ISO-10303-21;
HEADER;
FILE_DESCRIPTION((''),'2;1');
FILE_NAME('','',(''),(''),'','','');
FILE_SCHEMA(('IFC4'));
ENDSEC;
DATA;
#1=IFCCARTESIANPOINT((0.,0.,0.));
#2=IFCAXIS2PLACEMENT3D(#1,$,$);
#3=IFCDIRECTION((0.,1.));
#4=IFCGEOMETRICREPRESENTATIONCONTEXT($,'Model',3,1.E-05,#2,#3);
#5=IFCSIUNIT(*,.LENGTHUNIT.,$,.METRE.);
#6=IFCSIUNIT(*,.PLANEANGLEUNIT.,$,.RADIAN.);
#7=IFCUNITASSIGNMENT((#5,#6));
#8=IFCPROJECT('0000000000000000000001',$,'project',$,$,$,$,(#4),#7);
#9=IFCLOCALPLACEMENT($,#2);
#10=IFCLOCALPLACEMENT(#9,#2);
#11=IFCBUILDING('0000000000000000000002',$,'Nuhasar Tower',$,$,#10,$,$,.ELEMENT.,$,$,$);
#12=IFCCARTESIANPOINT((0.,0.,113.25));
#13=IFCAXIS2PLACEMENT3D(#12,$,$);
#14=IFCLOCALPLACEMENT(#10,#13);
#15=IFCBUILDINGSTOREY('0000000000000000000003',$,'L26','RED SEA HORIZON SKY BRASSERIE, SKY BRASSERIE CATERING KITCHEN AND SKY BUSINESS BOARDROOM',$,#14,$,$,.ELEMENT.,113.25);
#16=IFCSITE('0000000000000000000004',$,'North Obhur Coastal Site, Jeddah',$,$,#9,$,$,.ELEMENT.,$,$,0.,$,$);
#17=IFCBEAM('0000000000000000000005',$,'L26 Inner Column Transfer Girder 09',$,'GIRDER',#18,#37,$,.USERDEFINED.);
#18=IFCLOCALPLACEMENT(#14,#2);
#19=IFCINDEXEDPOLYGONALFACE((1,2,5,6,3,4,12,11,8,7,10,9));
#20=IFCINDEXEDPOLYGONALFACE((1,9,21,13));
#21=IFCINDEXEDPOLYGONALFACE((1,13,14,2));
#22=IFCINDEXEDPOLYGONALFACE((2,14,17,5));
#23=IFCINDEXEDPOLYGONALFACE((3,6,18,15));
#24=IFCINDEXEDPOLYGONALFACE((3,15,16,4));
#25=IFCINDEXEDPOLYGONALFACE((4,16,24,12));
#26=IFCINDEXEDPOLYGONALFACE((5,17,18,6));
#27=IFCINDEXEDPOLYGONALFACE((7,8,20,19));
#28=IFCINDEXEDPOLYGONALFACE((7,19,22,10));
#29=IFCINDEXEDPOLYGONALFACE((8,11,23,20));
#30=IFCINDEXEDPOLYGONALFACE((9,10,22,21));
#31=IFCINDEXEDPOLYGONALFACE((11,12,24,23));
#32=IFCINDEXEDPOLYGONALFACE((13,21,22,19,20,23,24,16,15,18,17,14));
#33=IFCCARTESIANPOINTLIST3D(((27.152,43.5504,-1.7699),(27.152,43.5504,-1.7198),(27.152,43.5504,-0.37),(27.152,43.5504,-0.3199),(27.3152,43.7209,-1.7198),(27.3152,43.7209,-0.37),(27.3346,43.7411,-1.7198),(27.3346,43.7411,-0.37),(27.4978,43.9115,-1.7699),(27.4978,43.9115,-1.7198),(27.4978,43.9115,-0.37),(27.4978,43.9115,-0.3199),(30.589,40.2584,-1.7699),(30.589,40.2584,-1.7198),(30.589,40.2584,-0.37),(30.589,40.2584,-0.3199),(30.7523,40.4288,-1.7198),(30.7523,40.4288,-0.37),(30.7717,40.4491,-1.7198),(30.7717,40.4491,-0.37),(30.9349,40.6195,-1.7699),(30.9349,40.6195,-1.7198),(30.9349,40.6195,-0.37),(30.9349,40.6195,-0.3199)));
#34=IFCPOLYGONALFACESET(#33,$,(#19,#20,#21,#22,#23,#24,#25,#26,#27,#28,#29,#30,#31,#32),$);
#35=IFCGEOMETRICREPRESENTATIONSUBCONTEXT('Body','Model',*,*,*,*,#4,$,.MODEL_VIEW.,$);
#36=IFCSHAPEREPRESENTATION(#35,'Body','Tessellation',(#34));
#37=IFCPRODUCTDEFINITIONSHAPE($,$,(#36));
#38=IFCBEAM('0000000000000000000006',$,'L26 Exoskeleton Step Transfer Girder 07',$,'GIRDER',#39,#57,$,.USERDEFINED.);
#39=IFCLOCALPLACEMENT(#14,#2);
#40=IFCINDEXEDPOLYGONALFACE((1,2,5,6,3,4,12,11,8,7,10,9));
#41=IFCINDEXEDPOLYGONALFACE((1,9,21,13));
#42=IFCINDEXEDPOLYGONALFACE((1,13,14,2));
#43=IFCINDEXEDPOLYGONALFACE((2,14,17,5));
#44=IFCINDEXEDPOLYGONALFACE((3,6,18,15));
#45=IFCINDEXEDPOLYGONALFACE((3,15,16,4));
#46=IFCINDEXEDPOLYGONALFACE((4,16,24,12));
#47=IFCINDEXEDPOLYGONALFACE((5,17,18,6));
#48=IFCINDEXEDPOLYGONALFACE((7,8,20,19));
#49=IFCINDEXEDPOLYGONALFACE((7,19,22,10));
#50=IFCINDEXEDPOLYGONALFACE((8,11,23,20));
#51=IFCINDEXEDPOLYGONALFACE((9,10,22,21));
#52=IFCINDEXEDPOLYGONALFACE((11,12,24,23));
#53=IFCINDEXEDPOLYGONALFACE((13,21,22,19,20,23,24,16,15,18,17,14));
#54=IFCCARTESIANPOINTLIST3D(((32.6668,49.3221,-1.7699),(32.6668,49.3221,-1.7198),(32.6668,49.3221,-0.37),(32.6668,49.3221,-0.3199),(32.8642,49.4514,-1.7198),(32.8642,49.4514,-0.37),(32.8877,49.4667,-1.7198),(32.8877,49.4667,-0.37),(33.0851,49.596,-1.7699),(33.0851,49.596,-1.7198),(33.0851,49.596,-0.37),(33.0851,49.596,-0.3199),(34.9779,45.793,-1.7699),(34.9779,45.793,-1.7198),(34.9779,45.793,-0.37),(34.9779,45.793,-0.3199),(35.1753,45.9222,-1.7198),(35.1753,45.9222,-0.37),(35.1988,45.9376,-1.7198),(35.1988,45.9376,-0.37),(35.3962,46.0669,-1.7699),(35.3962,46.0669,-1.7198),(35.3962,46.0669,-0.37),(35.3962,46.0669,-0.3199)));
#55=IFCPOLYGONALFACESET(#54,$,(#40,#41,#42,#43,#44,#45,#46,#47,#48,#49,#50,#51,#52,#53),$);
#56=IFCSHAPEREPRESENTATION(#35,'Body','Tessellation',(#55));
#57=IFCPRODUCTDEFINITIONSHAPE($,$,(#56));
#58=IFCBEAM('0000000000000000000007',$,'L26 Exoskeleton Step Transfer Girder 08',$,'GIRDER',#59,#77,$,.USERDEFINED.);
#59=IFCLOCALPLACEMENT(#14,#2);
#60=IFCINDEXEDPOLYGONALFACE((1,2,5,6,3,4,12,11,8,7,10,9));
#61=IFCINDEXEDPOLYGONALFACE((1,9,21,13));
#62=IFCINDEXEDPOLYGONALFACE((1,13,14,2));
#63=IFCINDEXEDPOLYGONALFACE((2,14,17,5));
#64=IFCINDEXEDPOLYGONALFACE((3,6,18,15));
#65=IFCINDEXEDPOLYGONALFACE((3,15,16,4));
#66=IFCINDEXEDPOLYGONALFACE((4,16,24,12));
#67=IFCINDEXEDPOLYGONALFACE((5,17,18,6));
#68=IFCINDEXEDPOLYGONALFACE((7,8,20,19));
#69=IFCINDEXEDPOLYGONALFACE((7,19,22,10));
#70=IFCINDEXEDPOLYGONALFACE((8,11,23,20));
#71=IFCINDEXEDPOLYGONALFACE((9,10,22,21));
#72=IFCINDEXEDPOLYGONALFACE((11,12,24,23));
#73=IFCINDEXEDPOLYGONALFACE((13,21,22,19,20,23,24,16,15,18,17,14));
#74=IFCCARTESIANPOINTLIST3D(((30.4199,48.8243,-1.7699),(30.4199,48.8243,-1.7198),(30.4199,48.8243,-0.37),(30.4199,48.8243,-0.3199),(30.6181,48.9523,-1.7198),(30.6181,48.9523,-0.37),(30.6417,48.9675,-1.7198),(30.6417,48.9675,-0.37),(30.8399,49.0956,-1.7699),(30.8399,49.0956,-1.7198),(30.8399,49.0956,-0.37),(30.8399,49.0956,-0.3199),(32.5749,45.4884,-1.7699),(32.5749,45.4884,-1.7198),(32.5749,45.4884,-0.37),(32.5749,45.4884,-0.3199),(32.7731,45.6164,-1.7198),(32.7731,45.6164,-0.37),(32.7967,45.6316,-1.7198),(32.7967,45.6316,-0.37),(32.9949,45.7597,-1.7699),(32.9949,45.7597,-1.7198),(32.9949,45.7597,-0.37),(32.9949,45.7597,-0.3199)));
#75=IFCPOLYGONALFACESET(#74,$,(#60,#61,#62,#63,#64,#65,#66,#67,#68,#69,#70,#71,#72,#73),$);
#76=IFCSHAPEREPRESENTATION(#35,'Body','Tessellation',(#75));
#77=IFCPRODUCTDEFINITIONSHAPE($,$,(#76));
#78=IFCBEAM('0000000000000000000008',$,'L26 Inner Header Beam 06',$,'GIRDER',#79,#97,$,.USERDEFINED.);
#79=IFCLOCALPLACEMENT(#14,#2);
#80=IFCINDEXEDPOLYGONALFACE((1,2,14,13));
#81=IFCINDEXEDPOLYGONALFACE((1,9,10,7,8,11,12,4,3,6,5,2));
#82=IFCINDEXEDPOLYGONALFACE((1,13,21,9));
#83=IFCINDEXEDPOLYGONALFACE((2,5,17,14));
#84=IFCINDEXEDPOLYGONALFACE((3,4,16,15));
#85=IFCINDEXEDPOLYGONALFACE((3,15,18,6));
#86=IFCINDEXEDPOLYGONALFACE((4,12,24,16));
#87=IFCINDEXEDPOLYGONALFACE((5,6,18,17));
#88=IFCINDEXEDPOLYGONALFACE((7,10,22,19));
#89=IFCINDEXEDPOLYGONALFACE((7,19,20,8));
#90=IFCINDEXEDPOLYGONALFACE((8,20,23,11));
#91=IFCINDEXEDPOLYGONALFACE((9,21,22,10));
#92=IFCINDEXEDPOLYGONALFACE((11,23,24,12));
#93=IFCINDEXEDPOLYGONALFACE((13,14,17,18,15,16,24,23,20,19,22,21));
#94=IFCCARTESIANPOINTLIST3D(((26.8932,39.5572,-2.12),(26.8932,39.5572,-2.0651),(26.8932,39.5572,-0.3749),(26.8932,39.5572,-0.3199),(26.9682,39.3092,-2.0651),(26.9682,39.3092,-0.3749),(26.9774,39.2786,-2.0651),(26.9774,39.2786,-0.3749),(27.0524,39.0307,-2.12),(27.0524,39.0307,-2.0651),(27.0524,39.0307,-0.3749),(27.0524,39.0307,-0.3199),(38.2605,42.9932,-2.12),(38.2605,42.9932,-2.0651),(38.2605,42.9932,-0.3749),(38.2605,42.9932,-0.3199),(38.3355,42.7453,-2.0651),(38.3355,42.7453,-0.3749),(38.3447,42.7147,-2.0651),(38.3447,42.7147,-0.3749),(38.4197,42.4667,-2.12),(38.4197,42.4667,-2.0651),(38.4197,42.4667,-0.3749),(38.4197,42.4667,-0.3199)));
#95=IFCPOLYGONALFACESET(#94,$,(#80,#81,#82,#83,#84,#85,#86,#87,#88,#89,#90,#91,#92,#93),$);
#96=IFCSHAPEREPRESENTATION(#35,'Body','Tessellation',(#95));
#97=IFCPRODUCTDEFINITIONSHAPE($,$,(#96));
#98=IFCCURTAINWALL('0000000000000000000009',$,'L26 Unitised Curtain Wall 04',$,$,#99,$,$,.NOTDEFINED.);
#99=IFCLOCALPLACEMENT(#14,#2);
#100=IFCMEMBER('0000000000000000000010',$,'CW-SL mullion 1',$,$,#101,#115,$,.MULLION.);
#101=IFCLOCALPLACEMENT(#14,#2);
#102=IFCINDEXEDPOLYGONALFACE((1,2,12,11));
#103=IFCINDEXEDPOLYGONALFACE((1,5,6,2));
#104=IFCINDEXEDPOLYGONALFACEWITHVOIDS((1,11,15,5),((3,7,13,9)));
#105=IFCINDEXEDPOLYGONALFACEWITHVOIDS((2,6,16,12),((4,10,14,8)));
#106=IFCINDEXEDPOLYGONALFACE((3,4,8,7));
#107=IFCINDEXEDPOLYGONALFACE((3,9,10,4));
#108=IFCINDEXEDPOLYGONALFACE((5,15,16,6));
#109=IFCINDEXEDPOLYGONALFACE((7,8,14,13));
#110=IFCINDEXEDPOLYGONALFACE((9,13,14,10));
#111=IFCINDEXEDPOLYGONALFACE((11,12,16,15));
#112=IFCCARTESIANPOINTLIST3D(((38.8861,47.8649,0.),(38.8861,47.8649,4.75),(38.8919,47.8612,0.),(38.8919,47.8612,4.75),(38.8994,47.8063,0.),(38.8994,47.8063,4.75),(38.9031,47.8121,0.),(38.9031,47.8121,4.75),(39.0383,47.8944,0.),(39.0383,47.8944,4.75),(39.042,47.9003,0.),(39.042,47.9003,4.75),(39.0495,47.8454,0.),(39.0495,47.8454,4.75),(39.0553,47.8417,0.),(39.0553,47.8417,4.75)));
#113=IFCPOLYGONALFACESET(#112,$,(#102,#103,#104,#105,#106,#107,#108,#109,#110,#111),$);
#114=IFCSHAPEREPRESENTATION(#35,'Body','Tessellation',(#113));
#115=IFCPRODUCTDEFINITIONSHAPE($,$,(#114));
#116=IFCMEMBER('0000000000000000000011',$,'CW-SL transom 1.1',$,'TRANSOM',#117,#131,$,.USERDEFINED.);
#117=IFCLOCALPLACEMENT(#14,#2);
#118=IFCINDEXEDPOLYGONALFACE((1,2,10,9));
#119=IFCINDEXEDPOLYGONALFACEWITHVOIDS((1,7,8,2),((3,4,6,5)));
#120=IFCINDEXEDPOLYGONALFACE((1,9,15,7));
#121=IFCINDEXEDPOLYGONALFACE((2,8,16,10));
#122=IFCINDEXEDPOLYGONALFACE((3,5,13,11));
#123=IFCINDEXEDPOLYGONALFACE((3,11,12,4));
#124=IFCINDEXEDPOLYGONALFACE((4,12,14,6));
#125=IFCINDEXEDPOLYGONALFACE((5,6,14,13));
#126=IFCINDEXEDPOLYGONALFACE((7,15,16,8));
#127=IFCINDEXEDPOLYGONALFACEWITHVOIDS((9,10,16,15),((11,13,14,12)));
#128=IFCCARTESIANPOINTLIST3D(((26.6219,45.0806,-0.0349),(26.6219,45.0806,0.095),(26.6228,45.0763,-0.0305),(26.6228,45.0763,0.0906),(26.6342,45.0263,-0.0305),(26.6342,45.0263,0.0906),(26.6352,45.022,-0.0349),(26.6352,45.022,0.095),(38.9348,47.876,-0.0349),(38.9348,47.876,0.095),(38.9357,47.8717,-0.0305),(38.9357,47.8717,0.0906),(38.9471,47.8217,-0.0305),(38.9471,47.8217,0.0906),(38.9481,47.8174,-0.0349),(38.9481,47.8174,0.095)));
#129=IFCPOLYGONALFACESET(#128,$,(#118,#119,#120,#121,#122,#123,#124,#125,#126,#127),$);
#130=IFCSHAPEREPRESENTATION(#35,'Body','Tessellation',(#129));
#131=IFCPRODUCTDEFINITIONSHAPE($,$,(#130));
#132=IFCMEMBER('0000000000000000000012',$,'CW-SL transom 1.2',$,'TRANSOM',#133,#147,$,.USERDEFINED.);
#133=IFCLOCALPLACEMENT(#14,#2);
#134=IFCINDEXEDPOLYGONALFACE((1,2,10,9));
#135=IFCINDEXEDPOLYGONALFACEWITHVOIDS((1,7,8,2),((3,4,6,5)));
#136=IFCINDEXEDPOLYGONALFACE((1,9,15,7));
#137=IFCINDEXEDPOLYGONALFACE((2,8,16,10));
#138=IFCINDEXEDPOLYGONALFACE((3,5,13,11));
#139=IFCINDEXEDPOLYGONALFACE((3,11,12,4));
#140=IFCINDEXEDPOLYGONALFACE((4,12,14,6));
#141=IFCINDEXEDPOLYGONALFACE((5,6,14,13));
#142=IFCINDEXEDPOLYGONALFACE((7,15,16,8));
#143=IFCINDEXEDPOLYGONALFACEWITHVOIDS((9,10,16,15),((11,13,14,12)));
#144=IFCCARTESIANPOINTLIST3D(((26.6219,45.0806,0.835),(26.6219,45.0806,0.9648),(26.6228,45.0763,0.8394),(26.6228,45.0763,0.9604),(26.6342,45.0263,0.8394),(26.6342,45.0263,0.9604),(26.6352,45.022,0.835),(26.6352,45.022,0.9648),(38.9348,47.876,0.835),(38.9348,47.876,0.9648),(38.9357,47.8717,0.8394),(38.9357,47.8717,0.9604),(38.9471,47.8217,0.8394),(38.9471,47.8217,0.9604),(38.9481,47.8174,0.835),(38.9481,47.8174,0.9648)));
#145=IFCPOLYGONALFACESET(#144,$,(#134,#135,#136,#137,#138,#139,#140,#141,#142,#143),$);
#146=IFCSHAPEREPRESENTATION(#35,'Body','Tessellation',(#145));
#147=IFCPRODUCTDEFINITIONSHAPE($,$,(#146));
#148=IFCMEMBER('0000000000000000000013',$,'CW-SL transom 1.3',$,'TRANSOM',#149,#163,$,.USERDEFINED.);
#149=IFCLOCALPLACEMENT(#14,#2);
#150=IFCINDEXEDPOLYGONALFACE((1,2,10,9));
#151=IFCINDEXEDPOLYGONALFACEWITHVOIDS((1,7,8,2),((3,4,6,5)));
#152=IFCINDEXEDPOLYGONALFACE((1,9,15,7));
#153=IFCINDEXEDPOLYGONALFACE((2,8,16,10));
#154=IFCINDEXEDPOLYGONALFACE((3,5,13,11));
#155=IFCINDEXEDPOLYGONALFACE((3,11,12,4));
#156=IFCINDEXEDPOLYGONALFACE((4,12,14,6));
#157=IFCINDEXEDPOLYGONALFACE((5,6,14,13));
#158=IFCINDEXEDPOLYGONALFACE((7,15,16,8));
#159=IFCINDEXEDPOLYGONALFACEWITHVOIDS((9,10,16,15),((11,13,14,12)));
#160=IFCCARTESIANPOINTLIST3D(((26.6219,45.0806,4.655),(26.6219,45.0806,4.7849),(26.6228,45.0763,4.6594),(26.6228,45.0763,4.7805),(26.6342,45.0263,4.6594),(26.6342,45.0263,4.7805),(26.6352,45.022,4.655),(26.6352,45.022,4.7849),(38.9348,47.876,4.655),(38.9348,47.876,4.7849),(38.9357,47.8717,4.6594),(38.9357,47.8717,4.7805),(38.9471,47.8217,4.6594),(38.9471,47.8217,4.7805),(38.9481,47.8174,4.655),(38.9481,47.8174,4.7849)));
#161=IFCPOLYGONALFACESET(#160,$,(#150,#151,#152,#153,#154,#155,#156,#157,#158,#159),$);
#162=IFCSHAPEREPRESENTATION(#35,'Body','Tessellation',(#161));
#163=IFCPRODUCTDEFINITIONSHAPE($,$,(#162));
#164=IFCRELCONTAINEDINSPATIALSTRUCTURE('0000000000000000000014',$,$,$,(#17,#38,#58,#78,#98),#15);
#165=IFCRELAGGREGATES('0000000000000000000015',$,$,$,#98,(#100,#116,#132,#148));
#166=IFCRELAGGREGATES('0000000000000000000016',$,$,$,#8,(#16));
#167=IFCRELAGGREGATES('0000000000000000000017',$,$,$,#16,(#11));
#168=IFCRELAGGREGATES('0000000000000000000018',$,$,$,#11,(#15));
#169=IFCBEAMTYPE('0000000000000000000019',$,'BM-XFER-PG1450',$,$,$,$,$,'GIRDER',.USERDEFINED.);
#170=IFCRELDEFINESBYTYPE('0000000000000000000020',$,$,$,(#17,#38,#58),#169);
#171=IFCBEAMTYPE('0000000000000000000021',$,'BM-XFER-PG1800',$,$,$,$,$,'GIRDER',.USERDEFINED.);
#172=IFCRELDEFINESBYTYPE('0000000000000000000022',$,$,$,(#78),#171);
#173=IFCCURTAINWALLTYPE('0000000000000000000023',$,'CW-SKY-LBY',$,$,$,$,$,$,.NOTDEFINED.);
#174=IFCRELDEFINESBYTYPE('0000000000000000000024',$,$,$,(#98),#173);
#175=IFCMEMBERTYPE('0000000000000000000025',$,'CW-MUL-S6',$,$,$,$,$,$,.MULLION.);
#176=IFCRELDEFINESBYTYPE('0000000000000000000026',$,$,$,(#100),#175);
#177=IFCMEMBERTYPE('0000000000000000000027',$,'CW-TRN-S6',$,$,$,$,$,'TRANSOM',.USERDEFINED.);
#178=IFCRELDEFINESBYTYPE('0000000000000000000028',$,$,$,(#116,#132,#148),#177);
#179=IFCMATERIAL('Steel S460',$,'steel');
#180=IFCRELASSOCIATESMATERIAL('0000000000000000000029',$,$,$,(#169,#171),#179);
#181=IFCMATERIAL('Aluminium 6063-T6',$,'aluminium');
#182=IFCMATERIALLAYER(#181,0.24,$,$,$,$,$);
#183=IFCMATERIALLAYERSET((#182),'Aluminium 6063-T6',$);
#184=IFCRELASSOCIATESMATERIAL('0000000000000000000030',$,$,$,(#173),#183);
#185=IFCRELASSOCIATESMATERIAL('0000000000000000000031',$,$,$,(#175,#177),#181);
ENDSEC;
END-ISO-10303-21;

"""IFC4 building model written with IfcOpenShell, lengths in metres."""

from ifc_helpers import new_model, si_unit, direction, frame, origin, origin_2d, place, context, subcontext, project, spatial, hollow_rectangle, i_section, extrude, material, layer, layer_set, material_profile, profile_set, type_object, element, aggregate, save


model = new_model("IFC4")

# Units and contexts
model_context = context("Model", 3, precision=1e-05, world=origin(), true_north=direction((0.0, 1.0)))
body_context = subcontext(model_context, "Body", "Model", "MODEL_VIEW")
ifc_project = project(units=[si_unit("LENGTHUNIT", "METRE"), si_unit("PLANEANGLEUNIT", "RADIAN")], contexts=[model_context])

# Site, building, storey
site_placement = place(None, origin())
site = spatial("IfcSite", under=ifc_project, at=site_placement, Name="North Obhur Coastal Site, Jeddah", CompositionType="ELEMENT", RefElevation=0.0)
building_placement = place(site_placement, origin())
building = spatial("IfcBuilding", under=site, at=building_placement, Name="Nuhasar Tower", CompositionType="ELEMENT")
storey_placement = place(building_placement, frame((0.0, 0.0, 113.25)))
storey = spatial("IfcBuildingStorey", under=building, at=storey_placement, Name="L26", Description="RED SEA HORIZON SKY BRASSERIE, SKY BRASSERIE CATERING KITCHEN AND SKY BUSINESS BOARDROOM", CompositionType="ELEMENT", Elevation=113.25)

# Beams
ifc_material_1 = material(Name="Steel S460", Category="steel")
ifc_material_profile_1 = material_profile(ifc_material_1, i_section(OverallWidth=0.5, OverallDepth=1.45, WebThickness=0.0281, FlangeThickness=0.05, at=origin_2d()), Name="PG1450X500")
ifc_profile_set_1 = profile_set([ifc_material_profile_1], Name="Steel S460")
beam_type_1 = type_object("IfcBeamType", Name="BM-XFER-PG1450", ElementType="GIRDER", PredefinedType="USERDEFINED", material=ifc_profile_set_1)
beam_1_placement = place(storey_placement, frame((30.762, 40.439, -1.0449), z_axis=(-0.722178, 0.691707, 0.0), x_axis=(-0.691707, -0.722178, 0.0)))
element("IfcBeam", 1, at=beam_1_placement, inside=storey, type_object=beam_type_1, Name="L26 Inner Column Transfer Girder 09", ObjectType="GIRDER", PredefinedType="USERDEFINED", context=body_context, shape_type="SweptSolid", body=[
    extrude(i_section(OverallWidth=0.5, OverallDepth=1.45, WebThickness=0.0281, FlangeThickness=0.05, at=origin_2d()), origin(), (0.0, 0.0, 1.0), 4.7593),
])
beam_2_placement = place(storey_placement, frame((35.187, 45.9299, -1.0449), z_axis=(-0.547843, 0.836581, 0.0), x_axis=(-0.836581, -0.547843, 0.0)))
element("IfcBeam", 2, at=beam_2_placement, inside=storey, type_object=beam_type_1, Name="L26 Exoskeleton Step Transfer Girder 07", ObjectType="GIRDER", PredefinedType="USERDEFINED", context=body_context, shape_type="SweptSolid", body=[
    extrude(i_section(OverallWidth=0.5, OverallDepth=1.45, WebThickness=0.0281, FlangeThickness=0.05, at=origin_2d()), origin(), (0.0, 0.0, 1.0), 4.2185),
])
beam_3_placement = place(storey_placement, frame((32.7849, 45.624, -1.0449), z_axis=(-0.542627, 0.839974, 0.0), x_axis=(-0.839974, -0.542627, 0.0)))
element("IfcBeam", 3, at=beam_3_placement, inside=storey, type_object=beam_type_1, Name="L26 Exoskeleton Step Transfer Girder 08", ObjectType="GIRDER", PredefinedType="USERDEFINED", context=body_context, shape_type="SweptSolid", body=[
    extrude(i_section(OverallWidth=0.5, OverallDepth=1.45, WebThickness=0.0281, FlangeThickness=0.05, at=origin_2d()), origin(), (0.0, 0.0, 1.0), 3.9714),
])
ifc_material_profile_2 = material_profile(ifc_material_1, i_section(OverallWidth=0.55, OverallDepth=1.8, WebThickness=0.032, FlangeThickness=0.0549, at=origin_2d()), Name="PG1800X550")
ifc_profile_set_2 = profile_set([ifc_material_profile_2], Name="Steel S460")
beam_type_2 = type_object("IfcBeamType", Name="BM-XFER-PG1800", ElementType="GIRDER", PredefinedType="USERDEFINED", material=ifc_profile_set_2)
beam_4_placement = place(storey_placement, frame((38.3401, 42.73, -1.22), z_axis=(-0.957224, -0.289347, 0.0), x_axis=(0.289347, -0.957224, 0.0)))
element("IfcBeam", 4, at=beam_4_placement, inside=storey, type_object=beam_type_2, Name="L26 Inner Header Beam 06", ObjectType="GIRDER", PredefinedType="USERDEFINED", context=body_context, shape_type="SweptSolid", body=[
    extrude(i_section(OverallWidth=0.55, OverallDepth=1.8, WebThickness=0.032, FlangeThickness=0.0549, at=origin_2d()), origin(), (0.0, 0.0, 1.0), 11.8752),
])

# Curtain wall, members
ifc_material_2 = material(Name="Aluminium 6063-T6", Category="aluminium")
ifc_layer_1 = layer(ifc_material_2, 0.24)
ifc_layer_set_1 = layer_set([ifc_layer_1], Name="Aluminium 6063-T6")
curtain_wall_type = type_object("IfcCurtainWallType", Name="CW-SKY-LBY", PredefinedType="NOTDEFINED", material=ifc_layer_set_1)
curtain_wall_placement = place(storey_placement, origin())
curtain_wall = element("IfcCurtainWall", 5, at=curtain_wall_placement, inside=storey, type_object=curtain_wall_type, Name="L26 Unitised Curtain Wall 04", PredefinedType="NOTDEFINED")
ifc_material_profile_3 = material_profile(ifc_material_2, hollow_rectangle(XDim=0.0601, YDim=0.1599, WallThickness=0.0049, at=origin_2d()), Name="CWM-6")
ifc_profile_set_3 = profile_set([ifc_material_profile_3], Name="Aluminium 6063-T6")
member_type_1 = type_object("IfcMemberType", Name="CW-MUL-S6", PredefinedType="MULLION", material=ifc_profile_set_3)
member_1_placement = place(storey_placement, frame((38.9707, 47.8533, 0.0), z_axis=(0.0, 0.0, 1.0), x_axis=(0.221397, -0.975184, 0.0)))
member_1 = element("IfcMember", 6, at=member_1_placement, type_object=member_type_1, Name="CW-SL mullion 1", PredefinedType="MULLION", context=body_context, shape_type="SweptSolid", body=[
    extrude(hollow_rectangle(XDim=0.0601, YDim=0.1599, WallThickness=0.0049, at=origin_2d()), origin(), (0.0, 0.0, 1.0), 4.75),
])
ifc_material_profile_4 = material_profile(ifc_material_2, hollow_rectangle(XDim=0.0601, YDim=0.1299, WallThickness=0.0044, at=origin_2d()), Name="CWT-6")
ifc_profile_set_4 = profile_set([ifc_material_profile_4], Name="Aluminium 6063-T6")
member_type_2 = type_object("IfcMemberType", Name="CW-TRN-S6", ElementType="TRANSOM", PredefinedType="USERDEFINED", material=ifc_profile_set_4)
member_2_placement = place(storey_placement, frame((38.9414, 47.8467, 0.03), z_axis=(-0.975184, -0.221395, 0.0), x_axis=(0.221395, -0.975184, 0.0)))
member_2 = element("IfcMember", 7, at=member_2_placement, type_object=member_type_2, Name="CW-SL transom 1.1", ObjectType="TRANSOM", PredefinedType="USERDEFINED", context=body_context, shape_type="SweptSolid", body=[
    extrude(hollow_rectangle(XDim=0.0601, YDim=0.1299, WallThickness=0.0044, at=origin_2d()), origin(), (0.0, 0.0, 1.0), 12.6262),
])
member_3_placement = place(storey_placement, frame((38.9414, 47.8467, 0.8999), z_axis=(-0.975184, -0.221395, 0.0), x_axis=(0.221395, -0.975184, 0.0)))
member_3 = element("IfcMember", 8, at=member_3_placement, type_object=member_type_2, Name="CW-SL transom 1.2", ObjectType="TRANSOM", PredefinedType="USERDEFINED", context=body_context, shape_type="SweptSolid", body=[
    extrude(hollow_rectangle(XDim=0.0601, YDim=0.1299, WallThickness=0.0044, at=origin_2d()), origin(), (0.0, 0.0, 1.0), 12.6262),
])
member_4_placement = place(storey_placement, frame((38.9414, 47.8467, 4.72), z_axis=(-0.975184, -0.221395, 0.0), x_axis=(0.221395, -0.975184, 0.0)))
member_4 = element("IfcMember", 9, at=member_4_placement, type_object=member_type_2, Name="CW-SL transom 1.3", ObjectType="TRANSOM", PredefinedType="USERDEFINED", context=body_context, shape_type="SweptSolid", body=[
    extrude(hollow_rectangle(XDim=0.0601, YDim=0.1299, WallThickness=0.0044, at=origin_2d()), origin(), (0.0, 0.0, 1.0), 12.6262),
])

aggregate(curtain_wall, [member_1, member_2, member_3, member_4])

save(model, "model.ifc")
